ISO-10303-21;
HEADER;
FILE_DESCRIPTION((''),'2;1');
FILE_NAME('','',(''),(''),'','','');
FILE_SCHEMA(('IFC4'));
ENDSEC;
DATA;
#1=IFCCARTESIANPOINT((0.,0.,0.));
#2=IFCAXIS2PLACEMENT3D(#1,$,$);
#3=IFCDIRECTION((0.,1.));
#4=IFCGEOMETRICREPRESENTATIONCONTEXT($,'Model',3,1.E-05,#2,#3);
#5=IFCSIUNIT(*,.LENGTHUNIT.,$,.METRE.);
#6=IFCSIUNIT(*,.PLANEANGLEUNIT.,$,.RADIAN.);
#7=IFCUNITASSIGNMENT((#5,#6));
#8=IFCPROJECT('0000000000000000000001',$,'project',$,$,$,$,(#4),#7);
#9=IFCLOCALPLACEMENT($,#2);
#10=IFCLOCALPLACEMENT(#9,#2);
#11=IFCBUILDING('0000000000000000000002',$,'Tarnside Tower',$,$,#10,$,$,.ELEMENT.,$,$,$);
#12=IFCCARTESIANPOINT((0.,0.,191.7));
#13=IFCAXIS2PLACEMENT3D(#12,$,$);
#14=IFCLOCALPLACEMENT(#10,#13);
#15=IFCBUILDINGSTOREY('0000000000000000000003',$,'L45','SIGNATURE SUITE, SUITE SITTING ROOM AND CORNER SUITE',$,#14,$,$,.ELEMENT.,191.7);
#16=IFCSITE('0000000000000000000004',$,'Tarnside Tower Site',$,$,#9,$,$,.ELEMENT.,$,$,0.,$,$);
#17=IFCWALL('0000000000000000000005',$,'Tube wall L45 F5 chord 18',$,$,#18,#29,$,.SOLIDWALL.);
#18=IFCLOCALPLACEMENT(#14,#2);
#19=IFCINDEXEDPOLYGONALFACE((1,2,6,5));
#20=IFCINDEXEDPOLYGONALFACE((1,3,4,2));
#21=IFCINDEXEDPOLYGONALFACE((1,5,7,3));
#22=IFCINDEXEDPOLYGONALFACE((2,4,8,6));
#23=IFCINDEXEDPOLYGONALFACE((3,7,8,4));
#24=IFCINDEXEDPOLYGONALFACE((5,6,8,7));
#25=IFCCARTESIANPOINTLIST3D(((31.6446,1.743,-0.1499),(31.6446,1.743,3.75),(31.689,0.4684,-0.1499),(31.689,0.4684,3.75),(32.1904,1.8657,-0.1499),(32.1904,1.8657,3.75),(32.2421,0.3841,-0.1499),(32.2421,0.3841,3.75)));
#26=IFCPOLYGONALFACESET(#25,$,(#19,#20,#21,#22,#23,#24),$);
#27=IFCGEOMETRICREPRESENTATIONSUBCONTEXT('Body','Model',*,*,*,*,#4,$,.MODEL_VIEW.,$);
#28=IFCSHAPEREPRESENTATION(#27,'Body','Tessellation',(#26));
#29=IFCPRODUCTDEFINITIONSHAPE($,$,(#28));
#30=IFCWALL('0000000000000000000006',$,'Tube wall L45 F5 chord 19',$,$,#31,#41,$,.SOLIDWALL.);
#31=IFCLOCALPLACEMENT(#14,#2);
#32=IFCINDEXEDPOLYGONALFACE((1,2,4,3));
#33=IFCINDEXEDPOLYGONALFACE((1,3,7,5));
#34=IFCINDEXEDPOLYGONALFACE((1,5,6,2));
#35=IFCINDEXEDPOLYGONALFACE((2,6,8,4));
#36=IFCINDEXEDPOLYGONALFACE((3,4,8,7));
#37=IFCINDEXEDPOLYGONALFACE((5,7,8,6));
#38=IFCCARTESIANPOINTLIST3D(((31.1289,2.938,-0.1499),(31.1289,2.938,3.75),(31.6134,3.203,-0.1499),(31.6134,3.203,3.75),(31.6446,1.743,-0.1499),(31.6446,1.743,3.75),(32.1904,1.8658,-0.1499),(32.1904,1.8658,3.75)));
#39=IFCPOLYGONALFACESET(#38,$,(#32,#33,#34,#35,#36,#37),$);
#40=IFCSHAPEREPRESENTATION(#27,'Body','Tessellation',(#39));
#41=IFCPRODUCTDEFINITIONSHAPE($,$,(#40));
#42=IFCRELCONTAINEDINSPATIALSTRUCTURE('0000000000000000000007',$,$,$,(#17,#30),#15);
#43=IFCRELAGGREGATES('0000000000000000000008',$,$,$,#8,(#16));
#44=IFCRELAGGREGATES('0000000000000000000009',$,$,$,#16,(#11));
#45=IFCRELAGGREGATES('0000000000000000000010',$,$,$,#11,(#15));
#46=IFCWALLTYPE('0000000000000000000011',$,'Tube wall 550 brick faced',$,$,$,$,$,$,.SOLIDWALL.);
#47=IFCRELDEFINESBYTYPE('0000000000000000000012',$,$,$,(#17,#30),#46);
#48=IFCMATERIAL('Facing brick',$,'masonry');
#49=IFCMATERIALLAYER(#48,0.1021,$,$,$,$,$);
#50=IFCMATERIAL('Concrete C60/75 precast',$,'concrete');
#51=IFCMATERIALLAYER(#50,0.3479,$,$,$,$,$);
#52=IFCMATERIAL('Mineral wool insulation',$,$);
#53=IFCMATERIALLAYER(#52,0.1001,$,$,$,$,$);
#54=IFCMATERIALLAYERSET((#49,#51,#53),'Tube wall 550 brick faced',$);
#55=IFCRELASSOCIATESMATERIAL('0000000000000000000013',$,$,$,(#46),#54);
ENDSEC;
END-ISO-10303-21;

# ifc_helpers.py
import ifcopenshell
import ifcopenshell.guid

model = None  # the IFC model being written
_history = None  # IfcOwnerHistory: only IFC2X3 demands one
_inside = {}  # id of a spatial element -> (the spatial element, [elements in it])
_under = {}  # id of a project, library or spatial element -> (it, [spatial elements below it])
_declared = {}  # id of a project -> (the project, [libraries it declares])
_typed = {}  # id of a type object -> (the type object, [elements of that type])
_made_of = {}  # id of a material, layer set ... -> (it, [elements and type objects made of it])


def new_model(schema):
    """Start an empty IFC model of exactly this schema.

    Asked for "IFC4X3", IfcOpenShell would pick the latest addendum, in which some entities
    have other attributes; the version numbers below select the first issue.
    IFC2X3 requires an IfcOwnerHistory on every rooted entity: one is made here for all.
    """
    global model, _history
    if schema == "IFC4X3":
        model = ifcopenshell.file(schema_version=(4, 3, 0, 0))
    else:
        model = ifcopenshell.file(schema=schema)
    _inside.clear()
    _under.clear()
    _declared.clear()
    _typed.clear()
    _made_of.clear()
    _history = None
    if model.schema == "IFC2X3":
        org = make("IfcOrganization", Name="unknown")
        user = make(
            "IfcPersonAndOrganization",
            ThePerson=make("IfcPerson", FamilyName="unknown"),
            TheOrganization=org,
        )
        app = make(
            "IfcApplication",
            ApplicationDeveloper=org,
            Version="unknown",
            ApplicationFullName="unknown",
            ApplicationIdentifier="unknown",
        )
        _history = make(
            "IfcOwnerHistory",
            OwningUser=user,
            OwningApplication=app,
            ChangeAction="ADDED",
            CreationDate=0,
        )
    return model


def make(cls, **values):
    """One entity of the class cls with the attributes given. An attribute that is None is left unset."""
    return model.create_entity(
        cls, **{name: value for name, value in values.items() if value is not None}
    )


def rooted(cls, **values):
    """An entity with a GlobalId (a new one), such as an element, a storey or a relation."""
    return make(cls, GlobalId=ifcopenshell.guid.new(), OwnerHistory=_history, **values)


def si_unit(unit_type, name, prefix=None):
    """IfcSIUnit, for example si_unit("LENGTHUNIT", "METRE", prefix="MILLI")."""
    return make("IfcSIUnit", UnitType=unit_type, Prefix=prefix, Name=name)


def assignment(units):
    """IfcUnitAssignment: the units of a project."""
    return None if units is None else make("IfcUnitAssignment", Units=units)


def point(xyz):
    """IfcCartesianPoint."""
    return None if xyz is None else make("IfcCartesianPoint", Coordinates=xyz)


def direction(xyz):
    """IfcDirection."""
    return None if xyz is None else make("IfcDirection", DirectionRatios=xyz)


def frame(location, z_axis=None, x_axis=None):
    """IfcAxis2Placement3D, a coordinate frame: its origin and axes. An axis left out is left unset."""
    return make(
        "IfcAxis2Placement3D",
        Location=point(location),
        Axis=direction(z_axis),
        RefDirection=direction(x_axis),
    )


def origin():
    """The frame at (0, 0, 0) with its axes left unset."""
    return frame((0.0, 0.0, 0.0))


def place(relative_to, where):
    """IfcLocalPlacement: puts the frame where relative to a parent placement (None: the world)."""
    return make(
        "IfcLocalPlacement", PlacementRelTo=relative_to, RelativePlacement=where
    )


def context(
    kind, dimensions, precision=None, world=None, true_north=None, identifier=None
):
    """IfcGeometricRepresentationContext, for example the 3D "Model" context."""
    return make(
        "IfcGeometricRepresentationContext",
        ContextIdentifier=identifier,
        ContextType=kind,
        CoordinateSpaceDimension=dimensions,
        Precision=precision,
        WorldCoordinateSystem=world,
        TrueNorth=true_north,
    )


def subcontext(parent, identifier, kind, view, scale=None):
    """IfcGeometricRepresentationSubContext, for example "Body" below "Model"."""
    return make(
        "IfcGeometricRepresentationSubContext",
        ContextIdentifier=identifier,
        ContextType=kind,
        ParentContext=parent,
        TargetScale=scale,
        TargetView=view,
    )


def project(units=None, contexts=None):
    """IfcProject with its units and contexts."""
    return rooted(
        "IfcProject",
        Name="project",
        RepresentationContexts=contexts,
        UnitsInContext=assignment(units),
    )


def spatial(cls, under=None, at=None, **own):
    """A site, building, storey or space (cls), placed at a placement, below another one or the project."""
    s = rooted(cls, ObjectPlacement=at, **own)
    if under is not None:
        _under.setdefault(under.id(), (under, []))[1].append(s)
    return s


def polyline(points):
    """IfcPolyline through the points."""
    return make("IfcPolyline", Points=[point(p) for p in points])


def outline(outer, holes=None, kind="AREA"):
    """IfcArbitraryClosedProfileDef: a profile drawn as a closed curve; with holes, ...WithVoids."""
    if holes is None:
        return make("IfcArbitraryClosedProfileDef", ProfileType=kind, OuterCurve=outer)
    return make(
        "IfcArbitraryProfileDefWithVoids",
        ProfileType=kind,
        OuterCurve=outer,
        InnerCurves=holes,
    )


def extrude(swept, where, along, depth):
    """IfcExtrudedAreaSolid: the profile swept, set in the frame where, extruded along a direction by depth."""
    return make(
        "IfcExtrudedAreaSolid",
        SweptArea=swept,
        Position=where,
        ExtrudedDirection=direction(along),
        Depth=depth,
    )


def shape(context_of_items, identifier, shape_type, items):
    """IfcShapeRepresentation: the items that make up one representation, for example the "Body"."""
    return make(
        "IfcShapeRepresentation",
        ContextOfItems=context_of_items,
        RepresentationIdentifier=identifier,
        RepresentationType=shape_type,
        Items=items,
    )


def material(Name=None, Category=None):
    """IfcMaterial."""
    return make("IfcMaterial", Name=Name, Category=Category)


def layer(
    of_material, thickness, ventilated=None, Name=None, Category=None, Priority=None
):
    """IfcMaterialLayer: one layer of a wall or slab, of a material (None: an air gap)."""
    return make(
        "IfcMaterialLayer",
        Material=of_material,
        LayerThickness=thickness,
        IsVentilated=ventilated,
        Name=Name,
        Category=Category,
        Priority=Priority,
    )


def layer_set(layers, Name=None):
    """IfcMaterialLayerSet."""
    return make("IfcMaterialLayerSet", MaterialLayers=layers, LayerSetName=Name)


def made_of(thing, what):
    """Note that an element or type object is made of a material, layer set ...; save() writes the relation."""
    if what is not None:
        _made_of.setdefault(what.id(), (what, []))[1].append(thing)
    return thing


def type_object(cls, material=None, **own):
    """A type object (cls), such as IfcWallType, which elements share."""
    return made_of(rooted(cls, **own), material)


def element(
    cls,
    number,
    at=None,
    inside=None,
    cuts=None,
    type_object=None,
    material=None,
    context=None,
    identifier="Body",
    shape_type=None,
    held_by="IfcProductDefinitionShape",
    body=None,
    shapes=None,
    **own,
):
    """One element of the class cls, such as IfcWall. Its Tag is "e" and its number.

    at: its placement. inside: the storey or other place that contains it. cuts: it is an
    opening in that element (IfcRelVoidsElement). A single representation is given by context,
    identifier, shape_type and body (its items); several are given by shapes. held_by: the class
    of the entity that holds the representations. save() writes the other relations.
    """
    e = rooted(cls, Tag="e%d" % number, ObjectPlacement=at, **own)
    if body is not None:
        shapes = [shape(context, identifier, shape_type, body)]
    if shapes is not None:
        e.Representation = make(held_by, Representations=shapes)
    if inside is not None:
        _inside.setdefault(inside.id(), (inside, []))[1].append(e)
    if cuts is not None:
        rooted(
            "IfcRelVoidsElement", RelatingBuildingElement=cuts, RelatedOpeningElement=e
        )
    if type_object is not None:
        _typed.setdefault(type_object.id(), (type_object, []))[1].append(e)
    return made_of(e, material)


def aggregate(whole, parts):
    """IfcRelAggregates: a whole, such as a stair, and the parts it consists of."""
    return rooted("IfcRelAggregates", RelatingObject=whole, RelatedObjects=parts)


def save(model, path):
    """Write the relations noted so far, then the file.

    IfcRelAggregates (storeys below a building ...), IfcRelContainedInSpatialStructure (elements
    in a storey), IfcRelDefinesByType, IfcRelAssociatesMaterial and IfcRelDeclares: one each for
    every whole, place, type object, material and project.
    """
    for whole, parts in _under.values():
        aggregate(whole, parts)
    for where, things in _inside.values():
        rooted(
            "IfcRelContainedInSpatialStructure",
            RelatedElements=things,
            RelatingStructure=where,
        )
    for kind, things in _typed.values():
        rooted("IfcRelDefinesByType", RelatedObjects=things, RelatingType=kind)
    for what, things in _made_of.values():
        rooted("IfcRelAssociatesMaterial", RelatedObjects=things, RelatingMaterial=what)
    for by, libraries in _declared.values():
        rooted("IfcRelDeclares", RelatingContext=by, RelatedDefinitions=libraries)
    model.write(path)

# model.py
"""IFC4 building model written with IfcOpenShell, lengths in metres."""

from ifc_helpers import new_model, si_unit, direction, frame, origin, place, context, subcontext, project, spatial, polyline, outline, extrude, material, layer, layer_set, type_object, element, save


model = new_model("IFC4")

# Units and contexts
model_context = context("Model", 3, precision=1e-05, world=origin(), true_north=direction((0.0, 1.0)))
body_context = subcontext(model_context, "Body", "Model", "MODEL_VIEW")
ifc_project = project(units=[si_unit("LENGTHUNIT", "METRE"), si_unit("PLANEANGLEUNIT", "RADIAN")], contexts=[model_context])

# Site, building, storey
site_placement = place(None, origin())
site = spatial("IfcSite", under=ifc_project, at=site_placement, Name="Tarnside Tower Site", CompositionType="ELEMENT", RefElevation=0.0)
building_placement = place(site_placement, origin())
building = spatial("IfcBuilding", under=site, at=building_placement, Name="Tarnside Tower", CompositionType="ELEMENT")
storey_placement = place(building_placement, frame((0.0, 0.0, 191.7)))
storey = spatial("IfcBuildingStorey", under=building, at=storey_placement, Name="L45", Description="SIGNATURE SUITE, SUITE SITTING ROOM AND CORNER SUITE", CompositionType="ELEMENT", Elevation=191.7)

# Walls
ifc_material_1 = material(Name="Facing brick", Category="masonry")
ifc_layer_1 = layer(ifc_material_1, 0.1021)
ifc_material_2 = material(Name="Concrete C60/75 precast", Category="concrete")
ifc_layer_2 = layer(ifc_material_2, 0.3479)
ifc_material_3 = material(Name="Mineral wool insulation")
ifc_layer_3 = layer(ifc_material_3, 0.1001)
ifc_layer_set_1 = layer_set([ifc_layer_1, ifc_layer_2, ifc_layer_3], Name="Tube wall 550 brick faced")
wall_type_1 = type_object("IfcWallType", Name="Tube wall 550 brick faced", PredefinedType="SOLIDWALL", material=ifc_layer_set_1)
wall_1_placement = place(storey_placement, frame((31.9656, 0.4263, -0.1499), z_axis=(0.0, 0.0, 1.0), x_axis=(-0.034877, 0.999392, 0.0)))
element("IfcWall", 1, at=wall_1_placement, inside=storey, type_object=wall_type_1, Name="Tube wall L45 F5 chord 18", PredefinedType="SOLIDWALL", context=body_context, shape_type="SweptSolid", body=[
    extrude(outline(polyline([(-0.0518, -0.2749), (1.4307, -0.2749), (1.3271, 0.2749), (0.0518, 0.2749), (-0.0518, -0.2749)])), origin(), (0.0, 0.0, 1.0), 3.8999),
])
wall_2_placement = place(storey_placement, frame((31.9175, 1.8044, -0.1499), z_axis=(0.0, 0.0, 1.0), x_axis=(-0.396226, 0.918153, 0.0)))
element("IfcWall", 2, at=wall_2_placement, inside=storey, type_object=wall_type_1, Name="Tube wall L45 F5 chord 19", PredefinedType="SOLIDWALL", context=body_context, shape_type="SweptSolid", body=[
    extrude(outline(polyline([(-0.0518, -0.2749), (1.4045, -0.2749), (1.3533, 0.2749), (0.0518, 0.2749), (-0.0518, -0.2749)])), origin(), (0.0, 0.0, 1.0), 3.8999),
])

save(model, "model.ifc")
